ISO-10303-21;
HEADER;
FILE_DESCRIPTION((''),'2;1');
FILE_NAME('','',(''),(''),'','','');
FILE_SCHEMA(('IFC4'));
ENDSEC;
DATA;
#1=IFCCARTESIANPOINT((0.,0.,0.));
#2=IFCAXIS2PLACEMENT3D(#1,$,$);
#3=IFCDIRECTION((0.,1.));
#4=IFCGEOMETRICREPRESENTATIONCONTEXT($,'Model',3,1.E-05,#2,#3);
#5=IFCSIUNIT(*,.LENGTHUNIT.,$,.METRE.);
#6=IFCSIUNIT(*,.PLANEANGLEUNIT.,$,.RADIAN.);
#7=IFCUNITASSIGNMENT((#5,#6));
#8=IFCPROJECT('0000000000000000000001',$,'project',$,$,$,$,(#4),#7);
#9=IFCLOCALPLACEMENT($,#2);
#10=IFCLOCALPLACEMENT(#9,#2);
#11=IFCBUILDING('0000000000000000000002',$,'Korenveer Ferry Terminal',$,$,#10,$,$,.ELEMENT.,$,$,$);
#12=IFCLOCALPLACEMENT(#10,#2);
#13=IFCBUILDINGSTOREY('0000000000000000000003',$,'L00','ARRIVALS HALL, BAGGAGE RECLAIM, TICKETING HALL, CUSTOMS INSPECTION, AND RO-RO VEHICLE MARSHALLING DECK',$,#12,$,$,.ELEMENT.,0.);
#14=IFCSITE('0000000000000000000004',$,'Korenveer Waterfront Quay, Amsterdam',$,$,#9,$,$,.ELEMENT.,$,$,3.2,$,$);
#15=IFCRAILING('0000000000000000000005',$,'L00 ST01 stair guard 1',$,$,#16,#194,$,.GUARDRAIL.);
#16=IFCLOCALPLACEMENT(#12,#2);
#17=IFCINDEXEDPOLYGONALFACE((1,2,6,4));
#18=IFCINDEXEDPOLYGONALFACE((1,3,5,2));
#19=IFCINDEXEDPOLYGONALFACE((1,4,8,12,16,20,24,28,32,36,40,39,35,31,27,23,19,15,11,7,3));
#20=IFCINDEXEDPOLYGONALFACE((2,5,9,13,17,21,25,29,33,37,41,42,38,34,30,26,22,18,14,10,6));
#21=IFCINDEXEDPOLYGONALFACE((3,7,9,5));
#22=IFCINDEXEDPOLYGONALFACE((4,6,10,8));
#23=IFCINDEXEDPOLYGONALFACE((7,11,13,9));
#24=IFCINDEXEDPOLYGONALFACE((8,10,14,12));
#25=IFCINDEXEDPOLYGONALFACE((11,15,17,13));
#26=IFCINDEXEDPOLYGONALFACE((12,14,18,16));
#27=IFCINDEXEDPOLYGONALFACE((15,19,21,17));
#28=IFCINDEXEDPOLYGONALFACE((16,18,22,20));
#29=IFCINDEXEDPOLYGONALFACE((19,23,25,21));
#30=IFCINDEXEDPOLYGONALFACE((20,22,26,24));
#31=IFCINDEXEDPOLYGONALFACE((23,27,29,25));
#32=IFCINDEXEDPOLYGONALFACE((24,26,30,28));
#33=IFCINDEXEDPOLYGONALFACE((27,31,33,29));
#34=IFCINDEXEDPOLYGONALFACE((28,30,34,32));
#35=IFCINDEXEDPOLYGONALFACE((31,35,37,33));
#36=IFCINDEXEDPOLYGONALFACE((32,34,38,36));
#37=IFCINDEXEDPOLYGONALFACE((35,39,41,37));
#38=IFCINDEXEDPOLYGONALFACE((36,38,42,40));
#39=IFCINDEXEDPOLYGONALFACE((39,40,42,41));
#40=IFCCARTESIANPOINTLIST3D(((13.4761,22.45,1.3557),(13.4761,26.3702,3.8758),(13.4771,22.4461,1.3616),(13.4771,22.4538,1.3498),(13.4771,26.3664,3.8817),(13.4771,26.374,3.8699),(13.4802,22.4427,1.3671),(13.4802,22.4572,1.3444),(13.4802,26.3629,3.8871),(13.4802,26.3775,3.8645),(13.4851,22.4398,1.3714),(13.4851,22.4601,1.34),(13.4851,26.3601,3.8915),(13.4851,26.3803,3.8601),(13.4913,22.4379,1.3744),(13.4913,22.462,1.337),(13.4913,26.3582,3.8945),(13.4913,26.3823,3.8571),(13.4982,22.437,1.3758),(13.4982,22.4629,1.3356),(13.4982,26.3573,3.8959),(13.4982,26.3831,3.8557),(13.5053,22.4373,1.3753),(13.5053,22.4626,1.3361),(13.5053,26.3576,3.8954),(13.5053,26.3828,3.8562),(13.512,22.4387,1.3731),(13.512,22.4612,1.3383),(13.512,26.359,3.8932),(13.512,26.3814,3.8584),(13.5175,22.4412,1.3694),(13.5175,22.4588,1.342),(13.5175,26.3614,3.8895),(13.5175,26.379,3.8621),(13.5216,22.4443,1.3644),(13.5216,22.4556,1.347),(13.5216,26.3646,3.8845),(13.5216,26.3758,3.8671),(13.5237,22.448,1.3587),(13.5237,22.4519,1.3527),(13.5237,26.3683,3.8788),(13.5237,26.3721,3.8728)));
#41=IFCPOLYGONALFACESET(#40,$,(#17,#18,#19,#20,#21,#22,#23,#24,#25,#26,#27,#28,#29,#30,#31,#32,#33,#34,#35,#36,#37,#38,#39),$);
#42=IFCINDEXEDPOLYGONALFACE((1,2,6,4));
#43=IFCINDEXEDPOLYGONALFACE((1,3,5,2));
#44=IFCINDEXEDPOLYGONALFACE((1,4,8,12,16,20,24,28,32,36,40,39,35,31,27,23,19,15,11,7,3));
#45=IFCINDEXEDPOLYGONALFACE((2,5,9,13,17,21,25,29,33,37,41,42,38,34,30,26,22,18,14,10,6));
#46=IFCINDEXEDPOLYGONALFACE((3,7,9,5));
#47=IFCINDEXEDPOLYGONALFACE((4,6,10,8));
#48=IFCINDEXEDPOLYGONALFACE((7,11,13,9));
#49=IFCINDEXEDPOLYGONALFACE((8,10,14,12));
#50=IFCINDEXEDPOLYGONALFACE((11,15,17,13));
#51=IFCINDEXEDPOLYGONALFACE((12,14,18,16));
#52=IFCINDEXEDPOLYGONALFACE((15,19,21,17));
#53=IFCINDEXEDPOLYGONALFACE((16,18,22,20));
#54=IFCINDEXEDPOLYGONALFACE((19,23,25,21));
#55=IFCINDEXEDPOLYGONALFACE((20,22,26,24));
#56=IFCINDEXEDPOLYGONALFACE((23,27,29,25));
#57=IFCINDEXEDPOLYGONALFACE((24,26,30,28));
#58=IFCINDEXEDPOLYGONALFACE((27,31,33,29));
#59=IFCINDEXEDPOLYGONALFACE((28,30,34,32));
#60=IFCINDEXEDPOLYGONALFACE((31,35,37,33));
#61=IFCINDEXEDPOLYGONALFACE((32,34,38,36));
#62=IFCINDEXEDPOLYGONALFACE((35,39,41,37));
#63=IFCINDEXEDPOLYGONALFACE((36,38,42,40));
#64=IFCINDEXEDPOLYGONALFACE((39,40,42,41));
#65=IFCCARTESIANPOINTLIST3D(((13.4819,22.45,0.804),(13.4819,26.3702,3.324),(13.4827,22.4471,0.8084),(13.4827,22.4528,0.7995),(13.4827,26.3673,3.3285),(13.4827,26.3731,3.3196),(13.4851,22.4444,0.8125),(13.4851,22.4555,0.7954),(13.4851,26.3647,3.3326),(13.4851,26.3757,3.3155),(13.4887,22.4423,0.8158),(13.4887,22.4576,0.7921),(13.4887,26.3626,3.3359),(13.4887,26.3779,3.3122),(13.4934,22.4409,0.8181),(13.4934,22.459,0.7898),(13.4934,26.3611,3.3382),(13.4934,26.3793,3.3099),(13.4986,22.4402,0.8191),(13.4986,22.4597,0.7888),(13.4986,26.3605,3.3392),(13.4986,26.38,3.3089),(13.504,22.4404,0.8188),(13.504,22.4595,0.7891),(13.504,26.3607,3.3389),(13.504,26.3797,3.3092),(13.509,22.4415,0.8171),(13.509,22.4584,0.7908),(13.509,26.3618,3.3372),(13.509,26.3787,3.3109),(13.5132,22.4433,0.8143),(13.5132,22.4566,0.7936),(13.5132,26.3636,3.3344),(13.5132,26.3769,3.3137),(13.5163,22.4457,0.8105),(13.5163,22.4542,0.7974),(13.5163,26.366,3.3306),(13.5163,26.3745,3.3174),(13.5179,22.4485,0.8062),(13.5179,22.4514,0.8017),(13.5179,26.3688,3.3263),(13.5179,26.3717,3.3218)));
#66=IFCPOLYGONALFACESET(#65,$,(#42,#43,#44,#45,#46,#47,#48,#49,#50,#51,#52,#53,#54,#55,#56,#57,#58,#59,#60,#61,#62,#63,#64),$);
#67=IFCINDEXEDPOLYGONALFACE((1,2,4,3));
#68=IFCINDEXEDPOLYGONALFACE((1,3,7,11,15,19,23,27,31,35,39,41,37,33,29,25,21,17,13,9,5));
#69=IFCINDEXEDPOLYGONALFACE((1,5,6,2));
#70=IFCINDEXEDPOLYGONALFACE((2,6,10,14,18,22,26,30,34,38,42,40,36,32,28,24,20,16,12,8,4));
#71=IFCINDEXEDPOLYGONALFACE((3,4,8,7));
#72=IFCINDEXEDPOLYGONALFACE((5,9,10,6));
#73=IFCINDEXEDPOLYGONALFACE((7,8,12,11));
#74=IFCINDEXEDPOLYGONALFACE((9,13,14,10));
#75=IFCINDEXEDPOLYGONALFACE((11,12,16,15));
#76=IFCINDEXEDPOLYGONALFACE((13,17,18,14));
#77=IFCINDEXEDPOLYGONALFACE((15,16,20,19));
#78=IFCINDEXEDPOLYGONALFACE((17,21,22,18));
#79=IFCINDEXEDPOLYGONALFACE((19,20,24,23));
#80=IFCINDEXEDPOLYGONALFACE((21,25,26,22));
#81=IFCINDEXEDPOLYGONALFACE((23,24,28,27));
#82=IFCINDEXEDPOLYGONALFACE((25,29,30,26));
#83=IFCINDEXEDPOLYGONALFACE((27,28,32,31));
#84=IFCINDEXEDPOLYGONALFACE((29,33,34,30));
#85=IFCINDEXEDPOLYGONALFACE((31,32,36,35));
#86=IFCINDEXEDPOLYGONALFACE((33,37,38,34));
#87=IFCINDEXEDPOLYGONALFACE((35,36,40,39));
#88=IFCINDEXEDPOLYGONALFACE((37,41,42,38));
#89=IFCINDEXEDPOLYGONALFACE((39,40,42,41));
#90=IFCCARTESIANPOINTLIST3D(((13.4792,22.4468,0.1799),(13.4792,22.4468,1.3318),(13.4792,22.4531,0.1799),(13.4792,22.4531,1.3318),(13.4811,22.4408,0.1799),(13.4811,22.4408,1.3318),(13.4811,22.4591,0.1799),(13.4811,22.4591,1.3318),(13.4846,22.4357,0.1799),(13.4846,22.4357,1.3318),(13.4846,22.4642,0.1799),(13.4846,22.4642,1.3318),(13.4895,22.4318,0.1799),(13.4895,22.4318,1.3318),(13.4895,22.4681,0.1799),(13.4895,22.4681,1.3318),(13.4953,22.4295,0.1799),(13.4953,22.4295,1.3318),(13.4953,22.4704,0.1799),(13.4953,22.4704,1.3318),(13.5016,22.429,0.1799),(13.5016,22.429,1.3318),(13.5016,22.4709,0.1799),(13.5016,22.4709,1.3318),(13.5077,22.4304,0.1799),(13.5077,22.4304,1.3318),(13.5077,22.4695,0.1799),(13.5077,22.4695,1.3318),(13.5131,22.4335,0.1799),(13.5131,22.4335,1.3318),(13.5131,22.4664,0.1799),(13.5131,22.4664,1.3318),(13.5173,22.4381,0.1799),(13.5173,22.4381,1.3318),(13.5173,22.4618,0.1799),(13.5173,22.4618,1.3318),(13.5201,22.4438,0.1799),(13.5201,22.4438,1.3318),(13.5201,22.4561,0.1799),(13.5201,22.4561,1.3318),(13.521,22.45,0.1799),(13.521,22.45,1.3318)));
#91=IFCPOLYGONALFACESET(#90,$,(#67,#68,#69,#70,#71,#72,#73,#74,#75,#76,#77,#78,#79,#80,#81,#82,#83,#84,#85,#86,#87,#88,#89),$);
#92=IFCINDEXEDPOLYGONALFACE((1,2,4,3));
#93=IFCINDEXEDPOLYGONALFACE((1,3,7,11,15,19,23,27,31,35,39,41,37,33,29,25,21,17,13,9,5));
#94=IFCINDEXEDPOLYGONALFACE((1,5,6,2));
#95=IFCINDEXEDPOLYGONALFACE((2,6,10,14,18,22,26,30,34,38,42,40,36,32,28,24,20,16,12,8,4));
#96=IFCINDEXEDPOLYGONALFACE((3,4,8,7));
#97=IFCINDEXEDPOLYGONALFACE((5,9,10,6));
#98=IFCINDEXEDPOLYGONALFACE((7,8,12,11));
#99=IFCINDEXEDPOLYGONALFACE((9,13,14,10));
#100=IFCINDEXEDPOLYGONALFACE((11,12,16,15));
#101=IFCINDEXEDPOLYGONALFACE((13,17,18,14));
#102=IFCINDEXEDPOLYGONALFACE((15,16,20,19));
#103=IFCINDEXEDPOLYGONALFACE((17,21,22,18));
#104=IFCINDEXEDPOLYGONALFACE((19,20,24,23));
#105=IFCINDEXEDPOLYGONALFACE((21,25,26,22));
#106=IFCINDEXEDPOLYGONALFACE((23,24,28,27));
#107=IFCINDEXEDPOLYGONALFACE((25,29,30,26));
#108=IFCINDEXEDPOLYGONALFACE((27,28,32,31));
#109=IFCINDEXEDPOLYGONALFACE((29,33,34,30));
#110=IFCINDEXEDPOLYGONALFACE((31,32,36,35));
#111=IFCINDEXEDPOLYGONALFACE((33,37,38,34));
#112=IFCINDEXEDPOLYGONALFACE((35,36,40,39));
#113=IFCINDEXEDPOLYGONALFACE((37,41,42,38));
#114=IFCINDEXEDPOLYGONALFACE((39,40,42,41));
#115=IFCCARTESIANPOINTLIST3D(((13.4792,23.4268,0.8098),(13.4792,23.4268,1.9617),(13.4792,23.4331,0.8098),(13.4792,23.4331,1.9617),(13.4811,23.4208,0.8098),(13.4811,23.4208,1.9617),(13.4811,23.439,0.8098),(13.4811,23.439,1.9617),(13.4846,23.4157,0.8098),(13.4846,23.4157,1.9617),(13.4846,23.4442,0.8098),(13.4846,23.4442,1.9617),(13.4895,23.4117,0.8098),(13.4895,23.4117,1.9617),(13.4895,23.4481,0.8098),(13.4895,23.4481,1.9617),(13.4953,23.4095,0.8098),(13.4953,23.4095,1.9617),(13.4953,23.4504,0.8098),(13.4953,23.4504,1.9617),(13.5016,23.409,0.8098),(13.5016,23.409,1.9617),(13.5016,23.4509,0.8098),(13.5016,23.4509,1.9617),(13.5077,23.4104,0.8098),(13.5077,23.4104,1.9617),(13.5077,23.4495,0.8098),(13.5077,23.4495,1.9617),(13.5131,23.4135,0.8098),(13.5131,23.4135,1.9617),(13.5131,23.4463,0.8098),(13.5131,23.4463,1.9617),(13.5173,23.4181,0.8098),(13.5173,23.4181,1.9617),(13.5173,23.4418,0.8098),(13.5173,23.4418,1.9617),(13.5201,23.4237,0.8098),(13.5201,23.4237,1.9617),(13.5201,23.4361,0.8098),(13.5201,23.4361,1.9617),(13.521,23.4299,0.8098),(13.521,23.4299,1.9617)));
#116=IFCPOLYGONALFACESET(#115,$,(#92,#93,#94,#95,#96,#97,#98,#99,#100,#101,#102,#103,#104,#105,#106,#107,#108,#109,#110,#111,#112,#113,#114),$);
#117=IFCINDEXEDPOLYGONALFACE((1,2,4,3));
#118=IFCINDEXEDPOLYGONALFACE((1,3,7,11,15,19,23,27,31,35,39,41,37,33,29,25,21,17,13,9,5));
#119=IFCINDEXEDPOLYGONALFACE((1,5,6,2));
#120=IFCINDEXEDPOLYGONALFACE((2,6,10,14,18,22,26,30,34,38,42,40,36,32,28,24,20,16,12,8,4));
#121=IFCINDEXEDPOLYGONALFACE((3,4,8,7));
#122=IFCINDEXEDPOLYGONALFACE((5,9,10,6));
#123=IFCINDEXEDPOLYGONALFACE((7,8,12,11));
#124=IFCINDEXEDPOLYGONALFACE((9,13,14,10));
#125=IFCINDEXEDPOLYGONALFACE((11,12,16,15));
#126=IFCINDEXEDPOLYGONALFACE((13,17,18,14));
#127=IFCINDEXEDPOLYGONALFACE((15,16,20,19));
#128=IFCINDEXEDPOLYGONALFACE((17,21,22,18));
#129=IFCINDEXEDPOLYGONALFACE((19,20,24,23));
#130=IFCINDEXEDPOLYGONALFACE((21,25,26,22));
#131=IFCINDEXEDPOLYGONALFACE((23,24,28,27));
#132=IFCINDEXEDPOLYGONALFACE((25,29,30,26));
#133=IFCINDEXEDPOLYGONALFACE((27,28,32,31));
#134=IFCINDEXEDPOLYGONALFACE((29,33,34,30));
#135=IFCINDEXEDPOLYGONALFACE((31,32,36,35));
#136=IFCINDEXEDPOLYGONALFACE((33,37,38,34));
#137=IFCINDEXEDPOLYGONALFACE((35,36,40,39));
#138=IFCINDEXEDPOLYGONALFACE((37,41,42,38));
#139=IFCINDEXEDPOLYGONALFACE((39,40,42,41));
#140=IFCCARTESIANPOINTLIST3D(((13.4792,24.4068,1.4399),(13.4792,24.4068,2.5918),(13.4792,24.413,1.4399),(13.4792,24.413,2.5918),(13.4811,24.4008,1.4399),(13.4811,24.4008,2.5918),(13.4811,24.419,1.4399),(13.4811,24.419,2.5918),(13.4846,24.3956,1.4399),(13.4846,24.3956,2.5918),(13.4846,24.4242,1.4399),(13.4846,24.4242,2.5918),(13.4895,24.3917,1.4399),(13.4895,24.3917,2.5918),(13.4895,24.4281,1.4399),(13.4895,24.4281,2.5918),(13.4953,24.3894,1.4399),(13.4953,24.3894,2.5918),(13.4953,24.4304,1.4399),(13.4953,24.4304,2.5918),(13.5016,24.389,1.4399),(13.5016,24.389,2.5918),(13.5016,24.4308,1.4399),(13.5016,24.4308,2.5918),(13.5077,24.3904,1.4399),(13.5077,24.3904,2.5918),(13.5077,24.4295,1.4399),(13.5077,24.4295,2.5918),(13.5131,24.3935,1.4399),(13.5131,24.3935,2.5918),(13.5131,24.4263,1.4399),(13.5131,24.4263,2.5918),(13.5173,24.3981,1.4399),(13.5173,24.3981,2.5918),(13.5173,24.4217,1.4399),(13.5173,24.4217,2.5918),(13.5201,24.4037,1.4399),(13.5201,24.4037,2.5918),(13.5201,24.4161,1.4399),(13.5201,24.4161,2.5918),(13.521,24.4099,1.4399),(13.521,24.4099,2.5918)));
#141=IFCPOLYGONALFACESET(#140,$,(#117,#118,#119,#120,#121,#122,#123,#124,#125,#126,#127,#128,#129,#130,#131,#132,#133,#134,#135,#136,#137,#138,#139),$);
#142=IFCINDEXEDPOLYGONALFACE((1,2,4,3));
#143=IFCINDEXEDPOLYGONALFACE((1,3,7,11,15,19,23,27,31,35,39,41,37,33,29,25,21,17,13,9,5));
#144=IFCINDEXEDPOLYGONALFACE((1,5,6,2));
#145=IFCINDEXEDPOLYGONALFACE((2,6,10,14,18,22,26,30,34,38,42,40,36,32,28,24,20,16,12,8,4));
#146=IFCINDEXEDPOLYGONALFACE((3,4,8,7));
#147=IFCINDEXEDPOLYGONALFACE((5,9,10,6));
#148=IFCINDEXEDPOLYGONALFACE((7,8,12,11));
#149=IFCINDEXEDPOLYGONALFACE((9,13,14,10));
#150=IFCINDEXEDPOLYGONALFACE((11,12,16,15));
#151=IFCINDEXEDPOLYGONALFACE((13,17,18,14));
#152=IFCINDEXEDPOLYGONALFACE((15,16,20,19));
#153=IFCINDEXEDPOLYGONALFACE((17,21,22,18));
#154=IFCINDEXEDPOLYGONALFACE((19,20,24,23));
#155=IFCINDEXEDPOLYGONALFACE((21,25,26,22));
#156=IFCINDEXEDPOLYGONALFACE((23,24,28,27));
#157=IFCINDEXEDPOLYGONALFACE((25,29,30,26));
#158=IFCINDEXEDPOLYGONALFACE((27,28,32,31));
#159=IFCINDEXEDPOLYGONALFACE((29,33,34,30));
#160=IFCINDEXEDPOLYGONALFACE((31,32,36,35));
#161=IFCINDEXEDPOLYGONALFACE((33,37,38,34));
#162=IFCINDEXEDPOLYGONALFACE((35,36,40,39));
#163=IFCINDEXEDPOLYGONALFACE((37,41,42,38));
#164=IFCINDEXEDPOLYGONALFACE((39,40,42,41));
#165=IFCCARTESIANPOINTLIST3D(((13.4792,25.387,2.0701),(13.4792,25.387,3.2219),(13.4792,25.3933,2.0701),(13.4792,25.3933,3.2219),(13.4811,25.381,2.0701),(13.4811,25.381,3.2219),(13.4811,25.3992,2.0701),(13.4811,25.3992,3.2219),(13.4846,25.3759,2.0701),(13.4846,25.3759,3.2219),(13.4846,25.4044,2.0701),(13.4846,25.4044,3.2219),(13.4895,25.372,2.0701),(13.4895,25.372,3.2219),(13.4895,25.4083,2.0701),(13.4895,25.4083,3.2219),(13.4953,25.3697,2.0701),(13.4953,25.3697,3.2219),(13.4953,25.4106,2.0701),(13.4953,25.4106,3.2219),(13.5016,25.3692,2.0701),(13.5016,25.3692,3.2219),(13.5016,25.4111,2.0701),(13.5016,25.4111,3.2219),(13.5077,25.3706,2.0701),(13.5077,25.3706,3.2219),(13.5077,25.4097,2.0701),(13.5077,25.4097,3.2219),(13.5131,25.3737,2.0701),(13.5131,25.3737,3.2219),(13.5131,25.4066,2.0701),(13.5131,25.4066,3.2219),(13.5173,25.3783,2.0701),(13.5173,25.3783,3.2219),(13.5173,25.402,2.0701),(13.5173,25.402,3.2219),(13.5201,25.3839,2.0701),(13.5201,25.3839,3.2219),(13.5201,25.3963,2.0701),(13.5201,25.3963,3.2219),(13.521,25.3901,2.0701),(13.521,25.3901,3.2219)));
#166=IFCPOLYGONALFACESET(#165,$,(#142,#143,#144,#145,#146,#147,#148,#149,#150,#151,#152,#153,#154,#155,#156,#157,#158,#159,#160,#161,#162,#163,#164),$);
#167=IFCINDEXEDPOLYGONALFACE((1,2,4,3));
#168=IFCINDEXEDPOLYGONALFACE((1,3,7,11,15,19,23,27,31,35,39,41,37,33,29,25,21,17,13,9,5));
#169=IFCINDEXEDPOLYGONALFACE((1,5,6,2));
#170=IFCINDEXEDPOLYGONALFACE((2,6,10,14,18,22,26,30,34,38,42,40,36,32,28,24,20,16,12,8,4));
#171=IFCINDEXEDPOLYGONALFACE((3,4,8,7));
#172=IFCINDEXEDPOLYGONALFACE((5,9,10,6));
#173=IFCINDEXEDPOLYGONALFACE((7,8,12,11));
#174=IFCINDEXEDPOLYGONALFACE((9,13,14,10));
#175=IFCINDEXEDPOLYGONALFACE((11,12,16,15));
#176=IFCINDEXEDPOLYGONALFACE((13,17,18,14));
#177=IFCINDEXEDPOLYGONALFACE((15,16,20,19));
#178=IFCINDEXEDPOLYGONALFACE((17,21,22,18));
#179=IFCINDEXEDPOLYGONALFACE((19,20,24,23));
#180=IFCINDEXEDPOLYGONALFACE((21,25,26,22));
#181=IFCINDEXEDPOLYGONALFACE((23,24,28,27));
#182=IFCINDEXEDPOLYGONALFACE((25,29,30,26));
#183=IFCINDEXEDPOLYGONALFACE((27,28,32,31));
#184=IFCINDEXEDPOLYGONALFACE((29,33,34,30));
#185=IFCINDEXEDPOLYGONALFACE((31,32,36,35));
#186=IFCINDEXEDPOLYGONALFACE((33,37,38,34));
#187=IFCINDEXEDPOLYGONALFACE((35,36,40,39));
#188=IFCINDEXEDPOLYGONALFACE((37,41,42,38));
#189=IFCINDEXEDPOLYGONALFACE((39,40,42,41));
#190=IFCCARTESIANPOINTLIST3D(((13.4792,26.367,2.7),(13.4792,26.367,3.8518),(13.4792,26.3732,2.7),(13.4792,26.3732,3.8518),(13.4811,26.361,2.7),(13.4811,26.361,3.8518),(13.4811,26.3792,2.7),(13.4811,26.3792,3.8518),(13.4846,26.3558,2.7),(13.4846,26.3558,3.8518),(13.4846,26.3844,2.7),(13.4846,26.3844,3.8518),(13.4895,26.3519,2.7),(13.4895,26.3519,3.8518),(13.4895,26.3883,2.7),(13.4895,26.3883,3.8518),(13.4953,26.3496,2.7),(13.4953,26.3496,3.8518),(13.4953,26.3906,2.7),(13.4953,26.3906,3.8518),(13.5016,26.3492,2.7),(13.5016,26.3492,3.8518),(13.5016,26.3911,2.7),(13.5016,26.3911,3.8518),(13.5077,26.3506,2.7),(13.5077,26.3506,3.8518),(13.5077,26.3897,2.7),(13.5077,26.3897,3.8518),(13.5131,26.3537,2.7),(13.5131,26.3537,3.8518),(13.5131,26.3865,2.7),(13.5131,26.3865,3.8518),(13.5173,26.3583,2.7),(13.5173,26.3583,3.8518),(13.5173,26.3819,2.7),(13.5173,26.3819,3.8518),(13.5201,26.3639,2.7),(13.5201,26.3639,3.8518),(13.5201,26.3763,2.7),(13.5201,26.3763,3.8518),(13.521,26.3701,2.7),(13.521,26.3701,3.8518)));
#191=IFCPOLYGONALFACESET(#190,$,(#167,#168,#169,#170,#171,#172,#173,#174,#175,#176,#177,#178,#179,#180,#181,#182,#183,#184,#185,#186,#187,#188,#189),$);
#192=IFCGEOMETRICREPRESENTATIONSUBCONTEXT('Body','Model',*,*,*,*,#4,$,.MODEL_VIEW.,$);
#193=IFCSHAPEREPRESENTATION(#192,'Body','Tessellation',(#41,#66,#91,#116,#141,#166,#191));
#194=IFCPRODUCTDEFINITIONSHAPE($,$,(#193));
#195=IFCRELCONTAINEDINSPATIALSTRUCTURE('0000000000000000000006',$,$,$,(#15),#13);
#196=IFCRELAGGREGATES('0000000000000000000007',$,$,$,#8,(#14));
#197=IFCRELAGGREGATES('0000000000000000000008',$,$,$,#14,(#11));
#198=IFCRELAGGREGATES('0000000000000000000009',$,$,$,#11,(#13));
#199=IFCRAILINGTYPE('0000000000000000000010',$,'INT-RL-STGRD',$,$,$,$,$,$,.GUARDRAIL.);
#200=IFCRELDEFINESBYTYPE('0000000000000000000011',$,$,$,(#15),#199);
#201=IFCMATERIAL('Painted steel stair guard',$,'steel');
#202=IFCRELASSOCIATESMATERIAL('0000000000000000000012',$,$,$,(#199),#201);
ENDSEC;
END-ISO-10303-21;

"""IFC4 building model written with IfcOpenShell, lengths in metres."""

from ifc_helpers import new_model, si_unit, direction, frame, origin, origin_2d, place, context, subcontext, project, spatial, circle, extrude, material, type_object, element, save


model = new_model("IFC4")

# Units and contexts
model_context = context("Model", 3, precision=1e-05, world=origin(), true_north=direction((0.0, 1.0)))
body_context = subcontext(model_context, "Body", "Model", "MODEL_VIEW")
ifc_project = project(units=[si_unit("LENGTHUNIT", "METRE"), si_unit("PLANEANGLEUNIT", "RADIAN")], contexts=[model_context])

# Site, building, storey
site_placement = place(None, origin())
site = spatial("IfcSite", under=ifc_project, at=site_placement, Name="Korenveer Waterfront Quay, Amsterdam", CompositionType="ELEMENT", RefElevation=3.2)
building_placement = place(site_placement, origin())
building = spatial("IfcBuilding", under=site, at=building_placement, Name="Korenveer Ferry Terminal", CompositionType="ELEMENT")
storey_placement = place(building_placement, origin())
storey = spatial("IfcBuildingStorey", under=building, at=storey_placement, Name="L00", Description="ARRIVALS HALL, BAGGAGE RECLAIM, TICKETING HALL, CUSTOMS INSPECTION, AND RO-RO VEHICLE MARSHALLING DECK", CompositionType="ELEMENT", Elevation=0.0)

# Railing
ifc_material_1 = material(Name="Painted steel stair guard", Category="steel")
railing_type_1 = type_object("IfcRailingType", Name="INT-RL-STGRD", PredefinedType="GUARDRAIL", material=ifc_material_1)
railing_1_placement = place(storey_placement, frame((13.5, 22.45, 0.1799)))
element("IfcRailing", 1, at=railing_1_placement, inside=storey, type_object=railing_type_1, Name="L00 ST01 stair guard 1", PredefinedType="GUARDRAIL", context=body_context, shape_type="SweptSolid", body=[
    extrude(circle(Radius=0.0239, at=origin_2d()), frame((0.0, 0.0, 1.1758), z_axis=(0.0, 0.841187, 0.540744), x_axis=(-1.0, 0.0, 0.0)), (0.0, 0.0, 1.0), 4.6604),
    extrude(circle(Radius=0.0181, at=origin_2d()), frame((0.0, 0.0, 0.624), z_axis=(0.0, 0.841187, 0.540744), x_axis=(-1.0, 0.0, 0.0)), (0.0, 0.0, 1.0), 4.6604),
    extrude(circle(Radius=0.021, at=origin_2d()), origin(), (0.0, 0.0, 1.0), 1.1519),
    extrude(circle(Radius=0.021, at=origin_2d()), frame((0.0, 0.98, 0.6299)), (0.0, 0.0, 1.0), 1.1519),
    extrude(circle(Radius=0.021, at=origin_2d()), frame((0.0, 1.96, 1.26)), (0.0, 0.0, 1.0), 1.1519),
    extrude(circle(Radius=0.021, at=origin_2d()), frame((0.0, 2.9402, 1.8901)), (0.0, 0.0, 1.0), 1.1519),
    extrude(circle(Radius=0.021, at=origin_2d()), frame((0.0, 3.9202, 2.52)), (0.0, 0.0, 1.0), 1.1519),
])

save(model, "model.ifc")
